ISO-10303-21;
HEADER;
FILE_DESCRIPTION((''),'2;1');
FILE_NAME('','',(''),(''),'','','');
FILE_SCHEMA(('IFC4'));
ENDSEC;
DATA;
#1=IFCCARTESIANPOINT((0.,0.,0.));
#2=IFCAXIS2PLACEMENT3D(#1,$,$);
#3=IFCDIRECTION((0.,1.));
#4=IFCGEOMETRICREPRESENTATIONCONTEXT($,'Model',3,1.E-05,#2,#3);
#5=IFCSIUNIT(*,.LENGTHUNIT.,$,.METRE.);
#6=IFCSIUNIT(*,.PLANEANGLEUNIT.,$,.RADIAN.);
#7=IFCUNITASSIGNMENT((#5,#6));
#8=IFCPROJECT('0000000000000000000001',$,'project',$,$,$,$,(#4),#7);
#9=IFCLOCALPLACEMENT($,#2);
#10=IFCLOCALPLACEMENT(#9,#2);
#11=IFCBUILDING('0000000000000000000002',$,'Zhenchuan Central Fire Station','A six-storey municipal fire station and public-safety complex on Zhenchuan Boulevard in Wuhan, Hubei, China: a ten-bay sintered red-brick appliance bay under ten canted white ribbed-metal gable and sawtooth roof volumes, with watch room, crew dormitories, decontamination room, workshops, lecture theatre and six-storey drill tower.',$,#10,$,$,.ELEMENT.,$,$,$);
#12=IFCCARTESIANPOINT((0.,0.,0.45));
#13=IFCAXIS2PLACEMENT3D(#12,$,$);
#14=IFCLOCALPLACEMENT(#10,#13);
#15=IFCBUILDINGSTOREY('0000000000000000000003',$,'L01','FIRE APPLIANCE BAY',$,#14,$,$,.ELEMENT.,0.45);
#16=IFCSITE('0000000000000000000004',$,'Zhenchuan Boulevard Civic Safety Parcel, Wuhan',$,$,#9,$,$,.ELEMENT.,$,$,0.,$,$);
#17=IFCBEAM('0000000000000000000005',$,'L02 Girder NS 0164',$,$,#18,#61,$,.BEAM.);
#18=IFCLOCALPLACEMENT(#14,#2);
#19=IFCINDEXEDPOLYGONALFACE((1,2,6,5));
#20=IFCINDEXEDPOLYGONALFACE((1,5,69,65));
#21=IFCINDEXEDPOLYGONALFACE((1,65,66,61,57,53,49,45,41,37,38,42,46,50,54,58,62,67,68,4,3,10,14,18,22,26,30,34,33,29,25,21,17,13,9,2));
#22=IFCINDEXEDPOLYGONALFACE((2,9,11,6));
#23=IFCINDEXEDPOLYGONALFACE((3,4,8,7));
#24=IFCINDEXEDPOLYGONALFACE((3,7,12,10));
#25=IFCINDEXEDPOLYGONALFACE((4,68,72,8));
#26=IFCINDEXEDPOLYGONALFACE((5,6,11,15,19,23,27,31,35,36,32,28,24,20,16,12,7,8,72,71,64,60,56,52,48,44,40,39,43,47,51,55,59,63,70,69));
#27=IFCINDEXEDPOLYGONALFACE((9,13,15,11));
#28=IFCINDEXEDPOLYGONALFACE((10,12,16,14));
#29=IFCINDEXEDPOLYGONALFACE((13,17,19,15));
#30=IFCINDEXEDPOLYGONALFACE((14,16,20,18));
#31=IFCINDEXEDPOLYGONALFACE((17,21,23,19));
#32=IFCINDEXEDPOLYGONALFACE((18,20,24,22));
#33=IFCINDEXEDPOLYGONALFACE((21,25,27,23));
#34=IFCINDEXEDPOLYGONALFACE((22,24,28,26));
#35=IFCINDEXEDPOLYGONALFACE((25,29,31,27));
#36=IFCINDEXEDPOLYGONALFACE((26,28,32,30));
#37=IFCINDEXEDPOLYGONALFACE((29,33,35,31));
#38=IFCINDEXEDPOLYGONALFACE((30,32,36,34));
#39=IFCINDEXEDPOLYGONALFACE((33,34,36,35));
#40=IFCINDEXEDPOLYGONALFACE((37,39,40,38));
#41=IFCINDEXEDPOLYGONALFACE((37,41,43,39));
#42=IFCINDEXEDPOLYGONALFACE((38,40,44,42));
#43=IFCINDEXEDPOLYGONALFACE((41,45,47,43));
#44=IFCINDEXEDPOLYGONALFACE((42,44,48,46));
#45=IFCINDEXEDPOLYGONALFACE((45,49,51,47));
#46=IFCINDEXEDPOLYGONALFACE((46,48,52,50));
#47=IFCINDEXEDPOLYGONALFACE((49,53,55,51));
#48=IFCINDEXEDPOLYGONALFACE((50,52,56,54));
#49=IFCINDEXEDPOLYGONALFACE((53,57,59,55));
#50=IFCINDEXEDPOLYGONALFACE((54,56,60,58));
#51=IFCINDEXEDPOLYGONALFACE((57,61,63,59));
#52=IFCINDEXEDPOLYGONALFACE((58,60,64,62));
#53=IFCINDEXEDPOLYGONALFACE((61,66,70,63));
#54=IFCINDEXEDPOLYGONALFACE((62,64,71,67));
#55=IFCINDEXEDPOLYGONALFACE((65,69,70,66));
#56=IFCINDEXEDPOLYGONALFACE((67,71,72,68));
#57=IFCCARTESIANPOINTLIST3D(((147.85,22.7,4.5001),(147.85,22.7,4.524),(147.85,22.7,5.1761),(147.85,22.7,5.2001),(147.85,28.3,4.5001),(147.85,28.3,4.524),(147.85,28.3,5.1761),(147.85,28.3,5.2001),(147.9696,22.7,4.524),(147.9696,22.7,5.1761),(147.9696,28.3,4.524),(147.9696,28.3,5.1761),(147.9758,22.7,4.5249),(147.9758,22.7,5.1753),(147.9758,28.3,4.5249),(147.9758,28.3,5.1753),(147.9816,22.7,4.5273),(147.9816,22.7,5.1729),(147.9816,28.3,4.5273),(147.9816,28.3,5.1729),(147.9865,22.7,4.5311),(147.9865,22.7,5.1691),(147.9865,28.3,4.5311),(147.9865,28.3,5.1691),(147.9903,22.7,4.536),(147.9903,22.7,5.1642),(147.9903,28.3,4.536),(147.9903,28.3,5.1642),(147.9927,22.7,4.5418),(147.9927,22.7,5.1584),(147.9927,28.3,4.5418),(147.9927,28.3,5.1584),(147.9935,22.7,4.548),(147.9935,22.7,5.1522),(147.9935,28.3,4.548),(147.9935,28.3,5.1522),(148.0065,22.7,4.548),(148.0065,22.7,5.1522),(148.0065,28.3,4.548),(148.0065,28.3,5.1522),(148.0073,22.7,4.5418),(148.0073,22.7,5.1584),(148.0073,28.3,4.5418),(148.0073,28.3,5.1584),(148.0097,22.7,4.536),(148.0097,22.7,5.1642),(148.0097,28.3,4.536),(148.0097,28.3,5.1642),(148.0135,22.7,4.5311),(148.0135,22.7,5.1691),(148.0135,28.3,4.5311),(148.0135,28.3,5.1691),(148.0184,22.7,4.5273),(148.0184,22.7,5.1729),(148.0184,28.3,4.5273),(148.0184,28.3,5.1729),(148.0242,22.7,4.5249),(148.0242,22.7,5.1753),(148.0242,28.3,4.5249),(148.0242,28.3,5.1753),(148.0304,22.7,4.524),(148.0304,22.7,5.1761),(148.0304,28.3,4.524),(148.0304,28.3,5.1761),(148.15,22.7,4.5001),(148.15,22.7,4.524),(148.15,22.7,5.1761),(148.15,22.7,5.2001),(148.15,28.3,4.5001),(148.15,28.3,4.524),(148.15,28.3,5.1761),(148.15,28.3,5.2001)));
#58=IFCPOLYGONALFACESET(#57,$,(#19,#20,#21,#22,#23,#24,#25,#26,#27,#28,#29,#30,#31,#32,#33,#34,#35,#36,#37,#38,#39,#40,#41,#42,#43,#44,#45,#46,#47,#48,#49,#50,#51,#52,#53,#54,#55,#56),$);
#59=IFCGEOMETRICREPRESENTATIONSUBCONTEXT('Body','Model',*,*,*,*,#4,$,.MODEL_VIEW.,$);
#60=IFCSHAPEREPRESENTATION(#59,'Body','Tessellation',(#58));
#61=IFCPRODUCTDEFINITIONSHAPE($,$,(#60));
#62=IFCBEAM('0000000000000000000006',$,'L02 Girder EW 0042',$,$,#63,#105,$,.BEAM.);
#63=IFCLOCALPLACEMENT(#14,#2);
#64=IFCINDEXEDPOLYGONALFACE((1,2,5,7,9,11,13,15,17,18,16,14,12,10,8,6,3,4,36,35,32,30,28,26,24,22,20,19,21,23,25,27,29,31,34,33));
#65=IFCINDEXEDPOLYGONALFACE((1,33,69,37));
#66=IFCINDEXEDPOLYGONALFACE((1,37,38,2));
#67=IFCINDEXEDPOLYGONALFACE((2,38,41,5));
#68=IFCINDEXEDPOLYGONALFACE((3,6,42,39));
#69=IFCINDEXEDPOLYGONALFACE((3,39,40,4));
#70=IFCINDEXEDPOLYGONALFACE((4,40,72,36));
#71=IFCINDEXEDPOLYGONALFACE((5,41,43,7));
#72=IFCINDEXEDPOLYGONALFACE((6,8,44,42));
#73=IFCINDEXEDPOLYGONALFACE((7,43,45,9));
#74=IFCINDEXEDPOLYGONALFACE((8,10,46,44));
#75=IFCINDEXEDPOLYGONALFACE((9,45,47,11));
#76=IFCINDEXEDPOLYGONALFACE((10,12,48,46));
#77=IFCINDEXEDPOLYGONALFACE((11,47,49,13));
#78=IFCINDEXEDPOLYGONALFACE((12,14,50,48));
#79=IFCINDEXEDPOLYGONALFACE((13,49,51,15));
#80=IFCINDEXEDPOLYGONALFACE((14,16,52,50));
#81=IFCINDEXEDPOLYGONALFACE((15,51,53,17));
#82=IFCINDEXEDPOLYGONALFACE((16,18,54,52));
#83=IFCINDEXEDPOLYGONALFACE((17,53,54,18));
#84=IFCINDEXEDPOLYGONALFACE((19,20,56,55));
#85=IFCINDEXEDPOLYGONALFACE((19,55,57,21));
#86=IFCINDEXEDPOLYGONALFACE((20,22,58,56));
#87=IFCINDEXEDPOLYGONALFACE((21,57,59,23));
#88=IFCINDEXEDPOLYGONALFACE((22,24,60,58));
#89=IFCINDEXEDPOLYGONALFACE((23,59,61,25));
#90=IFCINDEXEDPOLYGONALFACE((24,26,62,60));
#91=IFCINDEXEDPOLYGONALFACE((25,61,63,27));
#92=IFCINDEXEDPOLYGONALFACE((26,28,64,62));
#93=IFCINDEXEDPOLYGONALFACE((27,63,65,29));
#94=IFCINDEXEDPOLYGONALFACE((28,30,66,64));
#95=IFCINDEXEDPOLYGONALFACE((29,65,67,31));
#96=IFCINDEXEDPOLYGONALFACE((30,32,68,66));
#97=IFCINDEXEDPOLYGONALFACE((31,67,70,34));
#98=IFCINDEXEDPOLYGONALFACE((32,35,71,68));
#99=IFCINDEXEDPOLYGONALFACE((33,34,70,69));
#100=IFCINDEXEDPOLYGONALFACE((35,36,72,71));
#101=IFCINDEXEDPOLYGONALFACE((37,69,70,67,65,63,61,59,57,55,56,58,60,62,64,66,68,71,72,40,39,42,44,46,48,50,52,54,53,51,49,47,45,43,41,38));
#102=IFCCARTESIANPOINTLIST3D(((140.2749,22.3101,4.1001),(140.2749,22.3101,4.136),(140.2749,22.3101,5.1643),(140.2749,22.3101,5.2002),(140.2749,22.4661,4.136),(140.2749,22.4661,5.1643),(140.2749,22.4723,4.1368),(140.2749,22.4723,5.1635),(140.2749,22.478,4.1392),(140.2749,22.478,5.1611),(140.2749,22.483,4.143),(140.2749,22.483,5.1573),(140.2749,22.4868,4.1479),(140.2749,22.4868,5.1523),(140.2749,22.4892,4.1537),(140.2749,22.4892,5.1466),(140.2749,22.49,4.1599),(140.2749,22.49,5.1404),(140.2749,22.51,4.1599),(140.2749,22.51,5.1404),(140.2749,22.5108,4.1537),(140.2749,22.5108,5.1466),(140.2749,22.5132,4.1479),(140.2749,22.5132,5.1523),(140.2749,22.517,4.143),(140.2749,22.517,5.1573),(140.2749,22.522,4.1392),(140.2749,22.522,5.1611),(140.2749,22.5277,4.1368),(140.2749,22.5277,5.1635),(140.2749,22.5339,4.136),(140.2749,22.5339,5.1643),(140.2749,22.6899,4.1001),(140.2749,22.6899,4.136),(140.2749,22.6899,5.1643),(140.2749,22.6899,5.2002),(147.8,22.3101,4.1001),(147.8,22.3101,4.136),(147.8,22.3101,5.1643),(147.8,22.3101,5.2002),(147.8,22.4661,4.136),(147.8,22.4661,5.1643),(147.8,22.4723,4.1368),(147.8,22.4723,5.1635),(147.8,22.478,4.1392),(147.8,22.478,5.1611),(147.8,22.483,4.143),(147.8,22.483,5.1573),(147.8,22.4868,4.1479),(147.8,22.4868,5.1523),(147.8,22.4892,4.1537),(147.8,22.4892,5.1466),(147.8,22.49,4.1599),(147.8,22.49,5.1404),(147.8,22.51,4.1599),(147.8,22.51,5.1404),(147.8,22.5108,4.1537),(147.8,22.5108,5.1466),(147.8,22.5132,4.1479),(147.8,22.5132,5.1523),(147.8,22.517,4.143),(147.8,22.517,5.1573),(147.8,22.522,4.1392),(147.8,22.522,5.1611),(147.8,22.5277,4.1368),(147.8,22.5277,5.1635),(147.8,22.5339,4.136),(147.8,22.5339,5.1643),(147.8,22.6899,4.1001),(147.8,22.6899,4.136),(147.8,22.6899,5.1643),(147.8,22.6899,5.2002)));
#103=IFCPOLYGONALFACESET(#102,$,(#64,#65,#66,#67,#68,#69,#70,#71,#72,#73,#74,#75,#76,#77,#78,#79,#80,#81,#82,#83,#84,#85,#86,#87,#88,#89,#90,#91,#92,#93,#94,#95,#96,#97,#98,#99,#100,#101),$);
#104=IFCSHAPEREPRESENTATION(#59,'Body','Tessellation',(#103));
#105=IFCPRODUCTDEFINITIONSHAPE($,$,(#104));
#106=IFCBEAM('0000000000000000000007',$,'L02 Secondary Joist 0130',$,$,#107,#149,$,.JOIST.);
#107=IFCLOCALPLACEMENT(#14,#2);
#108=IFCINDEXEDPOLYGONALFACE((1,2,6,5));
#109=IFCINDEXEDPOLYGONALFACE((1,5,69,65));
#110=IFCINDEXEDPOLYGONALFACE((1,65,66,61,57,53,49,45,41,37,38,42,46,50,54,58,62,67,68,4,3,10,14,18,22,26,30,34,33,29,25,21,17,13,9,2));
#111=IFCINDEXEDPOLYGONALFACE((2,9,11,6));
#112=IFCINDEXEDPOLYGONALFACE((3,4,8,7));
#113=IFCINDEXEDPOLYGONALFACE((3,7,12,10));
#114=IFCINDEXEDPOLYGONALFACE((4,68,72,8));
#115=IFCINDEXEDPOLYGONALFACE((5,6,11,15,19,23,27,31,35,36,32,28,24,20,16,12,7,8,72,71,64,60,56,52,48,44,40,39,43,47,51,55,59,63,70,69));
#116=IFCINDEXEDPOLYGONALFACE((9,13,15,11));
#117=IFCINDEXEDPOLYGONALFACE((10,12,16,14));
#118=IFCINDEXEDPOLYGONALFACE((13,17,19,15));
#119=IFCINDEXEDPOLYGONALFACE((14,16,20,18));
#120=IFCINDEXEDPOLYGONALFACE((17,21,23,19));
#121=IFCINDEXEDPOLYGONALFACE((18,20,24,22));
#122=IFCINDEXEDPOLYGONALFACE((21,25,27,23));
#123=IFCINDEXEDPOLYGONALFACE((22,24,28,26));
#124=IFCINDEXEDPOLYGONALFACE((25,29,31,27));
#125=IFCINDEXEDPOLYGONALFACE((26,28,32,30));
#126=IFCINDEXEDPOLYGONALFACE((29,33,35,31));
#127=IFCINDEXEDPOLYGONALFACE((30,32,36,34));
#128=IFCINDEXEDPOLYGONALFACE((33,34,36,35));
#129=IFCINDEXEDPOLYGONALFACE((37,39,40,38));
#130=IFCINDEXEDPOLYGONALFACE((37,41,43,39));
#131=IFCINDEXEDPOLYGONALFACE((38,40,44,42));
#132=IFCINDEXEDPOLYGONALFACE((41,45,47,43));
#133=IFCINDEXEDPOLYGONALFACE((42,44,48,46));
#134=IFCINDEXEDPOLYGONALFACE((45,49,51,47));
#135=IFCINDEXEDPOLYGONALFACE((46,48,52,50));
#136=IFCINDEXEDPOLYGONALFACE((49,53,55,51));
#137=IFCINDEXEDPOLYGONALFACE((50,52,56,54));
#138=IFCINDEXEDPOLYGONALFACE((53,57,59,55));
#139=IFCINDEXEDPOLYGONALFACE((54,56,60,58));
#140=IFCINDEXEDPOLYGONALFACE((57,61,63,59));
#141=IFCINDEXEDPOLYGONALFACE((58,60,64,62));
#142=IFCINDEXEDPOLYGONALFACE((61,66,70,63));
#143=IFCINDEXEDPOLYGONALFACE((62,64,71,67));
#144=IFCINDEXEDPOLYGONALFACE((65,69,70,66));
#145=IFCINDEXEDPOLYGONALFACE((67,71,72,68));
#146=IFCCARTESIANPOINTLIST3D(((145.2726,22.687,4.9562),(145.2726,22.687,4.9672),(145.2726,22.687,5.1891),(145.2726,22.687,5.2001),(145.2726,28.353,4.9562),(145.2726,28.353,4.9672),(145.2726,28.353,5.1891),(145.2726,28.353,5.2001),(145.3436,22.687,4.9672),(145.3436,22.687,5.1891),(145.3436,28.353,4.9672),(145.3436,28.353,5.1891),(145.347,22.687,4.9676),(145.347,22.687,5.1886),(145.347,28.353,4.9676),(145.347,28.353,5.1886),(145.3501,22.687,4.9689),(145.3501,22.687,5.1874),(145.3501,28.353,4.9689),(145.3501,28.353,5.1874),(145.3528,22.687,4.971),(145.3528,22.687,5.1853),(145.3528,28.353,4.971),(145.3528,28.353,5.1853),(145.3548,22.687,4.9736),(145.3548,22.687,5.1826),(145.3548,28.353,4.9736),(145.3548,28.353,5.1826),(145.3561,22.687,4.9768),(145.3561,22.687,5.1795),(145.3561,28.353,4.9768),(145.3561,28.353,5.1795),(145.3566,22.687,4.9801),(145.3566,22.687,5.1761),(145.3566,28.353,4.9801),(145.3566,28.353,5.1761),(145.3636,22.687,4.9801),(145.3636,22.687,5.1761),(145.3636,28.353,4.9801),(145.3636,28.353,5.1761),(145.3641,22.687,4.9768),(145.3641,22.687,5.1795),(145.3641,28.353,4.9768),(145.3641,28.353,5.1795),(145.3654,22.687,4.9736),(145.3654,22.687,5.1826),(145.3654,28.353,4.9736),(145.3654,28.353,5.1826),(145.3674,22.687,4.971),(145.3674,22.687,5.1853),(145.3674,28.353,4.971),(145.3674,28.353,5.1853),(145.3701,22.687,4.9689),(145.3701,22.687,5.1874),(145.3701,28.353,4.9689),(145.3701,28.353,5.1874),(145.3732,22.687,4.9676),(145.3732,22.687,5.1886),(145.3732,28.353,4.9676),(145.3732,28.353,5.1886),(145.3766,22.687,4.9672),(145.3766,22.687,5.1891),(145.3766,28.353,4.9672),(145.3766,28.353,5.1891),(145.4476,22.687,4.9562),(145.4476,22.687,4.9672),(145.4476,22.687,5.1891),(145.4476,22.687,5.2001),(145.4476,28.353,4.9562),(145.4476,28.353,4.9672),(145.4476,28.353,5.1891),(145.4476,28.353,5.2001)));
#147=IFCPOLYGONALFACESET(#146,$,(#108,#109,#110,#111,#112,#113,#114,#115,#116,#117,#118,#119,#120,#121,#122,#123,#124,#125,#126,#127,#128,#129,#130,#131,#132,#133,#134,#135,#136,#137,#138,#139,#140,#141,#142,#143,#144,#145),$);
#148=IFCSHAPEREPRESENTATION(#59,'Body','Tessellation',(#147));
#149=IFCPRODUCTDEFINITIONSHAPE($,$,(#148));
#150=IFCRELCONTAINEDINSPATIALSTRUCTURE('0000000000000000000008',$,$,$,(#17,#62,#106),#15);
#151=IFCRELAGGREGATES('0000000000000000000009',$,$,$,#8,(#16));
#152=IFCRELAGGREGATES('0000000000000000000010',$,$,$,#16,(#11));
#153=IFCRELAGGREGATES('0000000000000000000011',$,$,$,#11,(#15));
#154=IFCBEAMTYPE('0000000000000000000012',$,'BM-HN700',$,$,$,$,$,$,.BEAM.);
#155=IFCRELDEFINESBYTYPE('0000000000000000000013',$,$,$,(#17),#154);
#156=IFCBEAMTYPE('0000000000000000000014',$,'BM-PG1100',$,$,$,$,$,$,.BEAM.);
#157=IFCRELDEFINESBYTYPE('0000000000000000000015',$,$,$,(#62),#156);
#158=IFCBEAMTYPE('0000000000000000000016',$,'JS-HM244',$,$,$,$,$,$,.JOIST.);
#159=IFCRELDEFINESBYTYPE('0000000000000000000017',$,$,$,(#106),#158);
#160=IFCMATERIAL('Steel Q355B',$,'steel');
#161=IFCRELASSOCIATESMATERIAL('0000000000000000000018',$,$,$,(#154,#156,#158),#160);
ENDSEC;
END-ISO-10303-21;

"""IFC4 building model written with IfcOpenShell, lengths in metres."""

from ifc_helpers import new_model, si_unit, direction, frame, origin, origin_2d, place, context, subcontext, project, spatial, i_section, extrude, material, material_profile, profile_set, type_object, element, save


model = new_model("IFC4")

# Units and contexts
model_context = context("Model", 3, precision=1e-05, world=origin(), true_north=direction((0.0, 1.0)))
body_context = subcontext(model_context, "Body", "Model", "MODEL_VIEW")
ifc_project = project(units=[si_unit("LENGTHUNIT", "METRE"), si_unit("PLANEANGLEUNIT", "RADIAN")], contexts=[model_context])

# Site, building, storey
site_placement = place(None, origin())
site = spatial("IfcSite", under=ifc_project, at=site_placement, Name="Zhenchuan Boulevard Civic Safety Parcel, Wuhan", CompositionType="ELEMENT", RefElevation=0.0)
building_placement = place(site_placement, origin())
building = spatial("IfcBuilding", under=site, at=building_placement, Name="Zhenchuan Central Fire Station", Description="A six-storey municipal fire station and public-safety complex on Zhenchuan Boulevard in Wuhan, Hubei, China: a ten-bay sintered red-brick appliance bay under ten canted white ribbed-metal gable and sawtooth roof volumes, with watch room, crew dormitories, decontamination room, workshops, lecture theatre and six-storey drill tower.", CompositionType="ELEMENT")
storey_placement = place(building_placement, frame((0.0, 0.0, 0.45)))
storey = spatial("IfcBuildingStorey", under=building, at=storey_placement, Name="L01", Description="FIRE APPLIANCE BAY", CompositionType="ELEMENT", Elevation=0.45)

# Shared definitions
ifc_material_1 = material(Name="Steel Q355B", Category="steel")

# Beams
ifc_material_profile_1 = material_profile(ifc_material_1, i_section(OverallWidth=0.3, OverallDepth=0.7, WebThickness=0.0129, FlangeThickness=0.0239, FilletRadius=0.0239, at=origin_2d()), Name="HN 700x300")
ifc_profile_set_1 = profile_set([ifc_material_profile_1], Name="Steel Q355B")
beam_type_1 = type_object("IfcBeamType", Name="BM-HN700", PredefinedType="BEAM", material=ifc_profile_set_1)
beam_1_placement = place(storey_placement, frame((148.0, 22.7, 4.8501), z_axis=(0.0, 1.0, 0.0), x_axis=(-1.0, 0.0, 0.0)))
element("IfcBeam", 1, at=beam_1_placement, inside=storey, type_object=beam_type_1, Name="L02 Girder NS 0164", PredefinedType="BEAM", context=body_context, shape_type="SweptSolid", body=[
    extrude(i_section(OverallWidth=0.3, OverallDepth=0.7, WebThickness=0.0129, FlangeThickness=0.0239, FilletRadius=0.0239, at=origin_2d()), origin(), (0.0, 0.0, 1.0), 5.6001),
])
ifc_material_profile_2 = material_profile(ifc_material_1, i_section(OverallWidth=0.3799, OverallDepth=1.1001, WebThickness=0.02, FlangeThickness=0.0359, FilletRadius=0.0239, at=origin_2d()), Name="PG 1100x380")
ifc_profile_set_2 = profile_set([ifc_material_profile_2], Name="Steel Q355B")
beam_type_2 = type_object("IfcBeamType", Name="BM-PG1100", PredefinedType="BEAM", material=ifc_profile_set_2)
beam_2_placement = place(storey_placement, frame((140.2749, 22.5, 4.6501), z_axis=(1.0, 0.0, 0.0), x_axis=(0.0, 1.0, 0.0)))
element("IfcBeam", 2, at=beam_2_placement, inside=storey, type_object=beam_type_2, Name="L02 Girder EW 0042", PredefinedType="BEAM", context=body_context, shape_type="SweptSolid", body=[
    extrude(i_section(OverallWidth=0.3799, OverallDepth=1.1001, WebThickness=0.02, FlangeThickness=0.0359, FilletRadius=0.0239, at=origin_2d()), origin(), (0.0, 0.0, 1.0), 7.5251),
])
ifc_material_profile_3 = material_profile(ifc_material_1, i_section(OverallWidth=0.175, OverallDepth=0.2439, WebThickness=0.0071, FlangeThickness=0.011, FilletRadius=0.0129, at=origin_2d()), Name="HM 244x175")
ifc_profile_set_3 = profile_set([ifc_material_profile_3], Name="Steel Q355B")
beam_type_3 = type_object("IfcBeamType", Name="JS-HM244", PredefinedType="JOIST", material=ifc_profile_set_3)
beam_3_placement = place(storey_placement, frame((145.3601, 22.687, 5.0781), z_axis=(0.0, 1.0, 0.0), x_axis=(-1.0, 0.0, 0.0)))
element("IfcBeam", 3, at=beam_3_placement, inside=storey, type_object=beam_type_3, Name="L02 Secondary Joist 0130", PredefinedType="JOIST", context=body_context, shape_type="SweptSolid", body=[
    extrude(i_section(OverallWidth=0.175, OverallDepth=0.2439, WebThickness=0.0071, FlangeThickness=0.011, FilletRadius=0.0129, at=origin_2d()), origin(), (0.0, 0.0, 1.0), 5.666),
])

save(model, "model.ifc")
